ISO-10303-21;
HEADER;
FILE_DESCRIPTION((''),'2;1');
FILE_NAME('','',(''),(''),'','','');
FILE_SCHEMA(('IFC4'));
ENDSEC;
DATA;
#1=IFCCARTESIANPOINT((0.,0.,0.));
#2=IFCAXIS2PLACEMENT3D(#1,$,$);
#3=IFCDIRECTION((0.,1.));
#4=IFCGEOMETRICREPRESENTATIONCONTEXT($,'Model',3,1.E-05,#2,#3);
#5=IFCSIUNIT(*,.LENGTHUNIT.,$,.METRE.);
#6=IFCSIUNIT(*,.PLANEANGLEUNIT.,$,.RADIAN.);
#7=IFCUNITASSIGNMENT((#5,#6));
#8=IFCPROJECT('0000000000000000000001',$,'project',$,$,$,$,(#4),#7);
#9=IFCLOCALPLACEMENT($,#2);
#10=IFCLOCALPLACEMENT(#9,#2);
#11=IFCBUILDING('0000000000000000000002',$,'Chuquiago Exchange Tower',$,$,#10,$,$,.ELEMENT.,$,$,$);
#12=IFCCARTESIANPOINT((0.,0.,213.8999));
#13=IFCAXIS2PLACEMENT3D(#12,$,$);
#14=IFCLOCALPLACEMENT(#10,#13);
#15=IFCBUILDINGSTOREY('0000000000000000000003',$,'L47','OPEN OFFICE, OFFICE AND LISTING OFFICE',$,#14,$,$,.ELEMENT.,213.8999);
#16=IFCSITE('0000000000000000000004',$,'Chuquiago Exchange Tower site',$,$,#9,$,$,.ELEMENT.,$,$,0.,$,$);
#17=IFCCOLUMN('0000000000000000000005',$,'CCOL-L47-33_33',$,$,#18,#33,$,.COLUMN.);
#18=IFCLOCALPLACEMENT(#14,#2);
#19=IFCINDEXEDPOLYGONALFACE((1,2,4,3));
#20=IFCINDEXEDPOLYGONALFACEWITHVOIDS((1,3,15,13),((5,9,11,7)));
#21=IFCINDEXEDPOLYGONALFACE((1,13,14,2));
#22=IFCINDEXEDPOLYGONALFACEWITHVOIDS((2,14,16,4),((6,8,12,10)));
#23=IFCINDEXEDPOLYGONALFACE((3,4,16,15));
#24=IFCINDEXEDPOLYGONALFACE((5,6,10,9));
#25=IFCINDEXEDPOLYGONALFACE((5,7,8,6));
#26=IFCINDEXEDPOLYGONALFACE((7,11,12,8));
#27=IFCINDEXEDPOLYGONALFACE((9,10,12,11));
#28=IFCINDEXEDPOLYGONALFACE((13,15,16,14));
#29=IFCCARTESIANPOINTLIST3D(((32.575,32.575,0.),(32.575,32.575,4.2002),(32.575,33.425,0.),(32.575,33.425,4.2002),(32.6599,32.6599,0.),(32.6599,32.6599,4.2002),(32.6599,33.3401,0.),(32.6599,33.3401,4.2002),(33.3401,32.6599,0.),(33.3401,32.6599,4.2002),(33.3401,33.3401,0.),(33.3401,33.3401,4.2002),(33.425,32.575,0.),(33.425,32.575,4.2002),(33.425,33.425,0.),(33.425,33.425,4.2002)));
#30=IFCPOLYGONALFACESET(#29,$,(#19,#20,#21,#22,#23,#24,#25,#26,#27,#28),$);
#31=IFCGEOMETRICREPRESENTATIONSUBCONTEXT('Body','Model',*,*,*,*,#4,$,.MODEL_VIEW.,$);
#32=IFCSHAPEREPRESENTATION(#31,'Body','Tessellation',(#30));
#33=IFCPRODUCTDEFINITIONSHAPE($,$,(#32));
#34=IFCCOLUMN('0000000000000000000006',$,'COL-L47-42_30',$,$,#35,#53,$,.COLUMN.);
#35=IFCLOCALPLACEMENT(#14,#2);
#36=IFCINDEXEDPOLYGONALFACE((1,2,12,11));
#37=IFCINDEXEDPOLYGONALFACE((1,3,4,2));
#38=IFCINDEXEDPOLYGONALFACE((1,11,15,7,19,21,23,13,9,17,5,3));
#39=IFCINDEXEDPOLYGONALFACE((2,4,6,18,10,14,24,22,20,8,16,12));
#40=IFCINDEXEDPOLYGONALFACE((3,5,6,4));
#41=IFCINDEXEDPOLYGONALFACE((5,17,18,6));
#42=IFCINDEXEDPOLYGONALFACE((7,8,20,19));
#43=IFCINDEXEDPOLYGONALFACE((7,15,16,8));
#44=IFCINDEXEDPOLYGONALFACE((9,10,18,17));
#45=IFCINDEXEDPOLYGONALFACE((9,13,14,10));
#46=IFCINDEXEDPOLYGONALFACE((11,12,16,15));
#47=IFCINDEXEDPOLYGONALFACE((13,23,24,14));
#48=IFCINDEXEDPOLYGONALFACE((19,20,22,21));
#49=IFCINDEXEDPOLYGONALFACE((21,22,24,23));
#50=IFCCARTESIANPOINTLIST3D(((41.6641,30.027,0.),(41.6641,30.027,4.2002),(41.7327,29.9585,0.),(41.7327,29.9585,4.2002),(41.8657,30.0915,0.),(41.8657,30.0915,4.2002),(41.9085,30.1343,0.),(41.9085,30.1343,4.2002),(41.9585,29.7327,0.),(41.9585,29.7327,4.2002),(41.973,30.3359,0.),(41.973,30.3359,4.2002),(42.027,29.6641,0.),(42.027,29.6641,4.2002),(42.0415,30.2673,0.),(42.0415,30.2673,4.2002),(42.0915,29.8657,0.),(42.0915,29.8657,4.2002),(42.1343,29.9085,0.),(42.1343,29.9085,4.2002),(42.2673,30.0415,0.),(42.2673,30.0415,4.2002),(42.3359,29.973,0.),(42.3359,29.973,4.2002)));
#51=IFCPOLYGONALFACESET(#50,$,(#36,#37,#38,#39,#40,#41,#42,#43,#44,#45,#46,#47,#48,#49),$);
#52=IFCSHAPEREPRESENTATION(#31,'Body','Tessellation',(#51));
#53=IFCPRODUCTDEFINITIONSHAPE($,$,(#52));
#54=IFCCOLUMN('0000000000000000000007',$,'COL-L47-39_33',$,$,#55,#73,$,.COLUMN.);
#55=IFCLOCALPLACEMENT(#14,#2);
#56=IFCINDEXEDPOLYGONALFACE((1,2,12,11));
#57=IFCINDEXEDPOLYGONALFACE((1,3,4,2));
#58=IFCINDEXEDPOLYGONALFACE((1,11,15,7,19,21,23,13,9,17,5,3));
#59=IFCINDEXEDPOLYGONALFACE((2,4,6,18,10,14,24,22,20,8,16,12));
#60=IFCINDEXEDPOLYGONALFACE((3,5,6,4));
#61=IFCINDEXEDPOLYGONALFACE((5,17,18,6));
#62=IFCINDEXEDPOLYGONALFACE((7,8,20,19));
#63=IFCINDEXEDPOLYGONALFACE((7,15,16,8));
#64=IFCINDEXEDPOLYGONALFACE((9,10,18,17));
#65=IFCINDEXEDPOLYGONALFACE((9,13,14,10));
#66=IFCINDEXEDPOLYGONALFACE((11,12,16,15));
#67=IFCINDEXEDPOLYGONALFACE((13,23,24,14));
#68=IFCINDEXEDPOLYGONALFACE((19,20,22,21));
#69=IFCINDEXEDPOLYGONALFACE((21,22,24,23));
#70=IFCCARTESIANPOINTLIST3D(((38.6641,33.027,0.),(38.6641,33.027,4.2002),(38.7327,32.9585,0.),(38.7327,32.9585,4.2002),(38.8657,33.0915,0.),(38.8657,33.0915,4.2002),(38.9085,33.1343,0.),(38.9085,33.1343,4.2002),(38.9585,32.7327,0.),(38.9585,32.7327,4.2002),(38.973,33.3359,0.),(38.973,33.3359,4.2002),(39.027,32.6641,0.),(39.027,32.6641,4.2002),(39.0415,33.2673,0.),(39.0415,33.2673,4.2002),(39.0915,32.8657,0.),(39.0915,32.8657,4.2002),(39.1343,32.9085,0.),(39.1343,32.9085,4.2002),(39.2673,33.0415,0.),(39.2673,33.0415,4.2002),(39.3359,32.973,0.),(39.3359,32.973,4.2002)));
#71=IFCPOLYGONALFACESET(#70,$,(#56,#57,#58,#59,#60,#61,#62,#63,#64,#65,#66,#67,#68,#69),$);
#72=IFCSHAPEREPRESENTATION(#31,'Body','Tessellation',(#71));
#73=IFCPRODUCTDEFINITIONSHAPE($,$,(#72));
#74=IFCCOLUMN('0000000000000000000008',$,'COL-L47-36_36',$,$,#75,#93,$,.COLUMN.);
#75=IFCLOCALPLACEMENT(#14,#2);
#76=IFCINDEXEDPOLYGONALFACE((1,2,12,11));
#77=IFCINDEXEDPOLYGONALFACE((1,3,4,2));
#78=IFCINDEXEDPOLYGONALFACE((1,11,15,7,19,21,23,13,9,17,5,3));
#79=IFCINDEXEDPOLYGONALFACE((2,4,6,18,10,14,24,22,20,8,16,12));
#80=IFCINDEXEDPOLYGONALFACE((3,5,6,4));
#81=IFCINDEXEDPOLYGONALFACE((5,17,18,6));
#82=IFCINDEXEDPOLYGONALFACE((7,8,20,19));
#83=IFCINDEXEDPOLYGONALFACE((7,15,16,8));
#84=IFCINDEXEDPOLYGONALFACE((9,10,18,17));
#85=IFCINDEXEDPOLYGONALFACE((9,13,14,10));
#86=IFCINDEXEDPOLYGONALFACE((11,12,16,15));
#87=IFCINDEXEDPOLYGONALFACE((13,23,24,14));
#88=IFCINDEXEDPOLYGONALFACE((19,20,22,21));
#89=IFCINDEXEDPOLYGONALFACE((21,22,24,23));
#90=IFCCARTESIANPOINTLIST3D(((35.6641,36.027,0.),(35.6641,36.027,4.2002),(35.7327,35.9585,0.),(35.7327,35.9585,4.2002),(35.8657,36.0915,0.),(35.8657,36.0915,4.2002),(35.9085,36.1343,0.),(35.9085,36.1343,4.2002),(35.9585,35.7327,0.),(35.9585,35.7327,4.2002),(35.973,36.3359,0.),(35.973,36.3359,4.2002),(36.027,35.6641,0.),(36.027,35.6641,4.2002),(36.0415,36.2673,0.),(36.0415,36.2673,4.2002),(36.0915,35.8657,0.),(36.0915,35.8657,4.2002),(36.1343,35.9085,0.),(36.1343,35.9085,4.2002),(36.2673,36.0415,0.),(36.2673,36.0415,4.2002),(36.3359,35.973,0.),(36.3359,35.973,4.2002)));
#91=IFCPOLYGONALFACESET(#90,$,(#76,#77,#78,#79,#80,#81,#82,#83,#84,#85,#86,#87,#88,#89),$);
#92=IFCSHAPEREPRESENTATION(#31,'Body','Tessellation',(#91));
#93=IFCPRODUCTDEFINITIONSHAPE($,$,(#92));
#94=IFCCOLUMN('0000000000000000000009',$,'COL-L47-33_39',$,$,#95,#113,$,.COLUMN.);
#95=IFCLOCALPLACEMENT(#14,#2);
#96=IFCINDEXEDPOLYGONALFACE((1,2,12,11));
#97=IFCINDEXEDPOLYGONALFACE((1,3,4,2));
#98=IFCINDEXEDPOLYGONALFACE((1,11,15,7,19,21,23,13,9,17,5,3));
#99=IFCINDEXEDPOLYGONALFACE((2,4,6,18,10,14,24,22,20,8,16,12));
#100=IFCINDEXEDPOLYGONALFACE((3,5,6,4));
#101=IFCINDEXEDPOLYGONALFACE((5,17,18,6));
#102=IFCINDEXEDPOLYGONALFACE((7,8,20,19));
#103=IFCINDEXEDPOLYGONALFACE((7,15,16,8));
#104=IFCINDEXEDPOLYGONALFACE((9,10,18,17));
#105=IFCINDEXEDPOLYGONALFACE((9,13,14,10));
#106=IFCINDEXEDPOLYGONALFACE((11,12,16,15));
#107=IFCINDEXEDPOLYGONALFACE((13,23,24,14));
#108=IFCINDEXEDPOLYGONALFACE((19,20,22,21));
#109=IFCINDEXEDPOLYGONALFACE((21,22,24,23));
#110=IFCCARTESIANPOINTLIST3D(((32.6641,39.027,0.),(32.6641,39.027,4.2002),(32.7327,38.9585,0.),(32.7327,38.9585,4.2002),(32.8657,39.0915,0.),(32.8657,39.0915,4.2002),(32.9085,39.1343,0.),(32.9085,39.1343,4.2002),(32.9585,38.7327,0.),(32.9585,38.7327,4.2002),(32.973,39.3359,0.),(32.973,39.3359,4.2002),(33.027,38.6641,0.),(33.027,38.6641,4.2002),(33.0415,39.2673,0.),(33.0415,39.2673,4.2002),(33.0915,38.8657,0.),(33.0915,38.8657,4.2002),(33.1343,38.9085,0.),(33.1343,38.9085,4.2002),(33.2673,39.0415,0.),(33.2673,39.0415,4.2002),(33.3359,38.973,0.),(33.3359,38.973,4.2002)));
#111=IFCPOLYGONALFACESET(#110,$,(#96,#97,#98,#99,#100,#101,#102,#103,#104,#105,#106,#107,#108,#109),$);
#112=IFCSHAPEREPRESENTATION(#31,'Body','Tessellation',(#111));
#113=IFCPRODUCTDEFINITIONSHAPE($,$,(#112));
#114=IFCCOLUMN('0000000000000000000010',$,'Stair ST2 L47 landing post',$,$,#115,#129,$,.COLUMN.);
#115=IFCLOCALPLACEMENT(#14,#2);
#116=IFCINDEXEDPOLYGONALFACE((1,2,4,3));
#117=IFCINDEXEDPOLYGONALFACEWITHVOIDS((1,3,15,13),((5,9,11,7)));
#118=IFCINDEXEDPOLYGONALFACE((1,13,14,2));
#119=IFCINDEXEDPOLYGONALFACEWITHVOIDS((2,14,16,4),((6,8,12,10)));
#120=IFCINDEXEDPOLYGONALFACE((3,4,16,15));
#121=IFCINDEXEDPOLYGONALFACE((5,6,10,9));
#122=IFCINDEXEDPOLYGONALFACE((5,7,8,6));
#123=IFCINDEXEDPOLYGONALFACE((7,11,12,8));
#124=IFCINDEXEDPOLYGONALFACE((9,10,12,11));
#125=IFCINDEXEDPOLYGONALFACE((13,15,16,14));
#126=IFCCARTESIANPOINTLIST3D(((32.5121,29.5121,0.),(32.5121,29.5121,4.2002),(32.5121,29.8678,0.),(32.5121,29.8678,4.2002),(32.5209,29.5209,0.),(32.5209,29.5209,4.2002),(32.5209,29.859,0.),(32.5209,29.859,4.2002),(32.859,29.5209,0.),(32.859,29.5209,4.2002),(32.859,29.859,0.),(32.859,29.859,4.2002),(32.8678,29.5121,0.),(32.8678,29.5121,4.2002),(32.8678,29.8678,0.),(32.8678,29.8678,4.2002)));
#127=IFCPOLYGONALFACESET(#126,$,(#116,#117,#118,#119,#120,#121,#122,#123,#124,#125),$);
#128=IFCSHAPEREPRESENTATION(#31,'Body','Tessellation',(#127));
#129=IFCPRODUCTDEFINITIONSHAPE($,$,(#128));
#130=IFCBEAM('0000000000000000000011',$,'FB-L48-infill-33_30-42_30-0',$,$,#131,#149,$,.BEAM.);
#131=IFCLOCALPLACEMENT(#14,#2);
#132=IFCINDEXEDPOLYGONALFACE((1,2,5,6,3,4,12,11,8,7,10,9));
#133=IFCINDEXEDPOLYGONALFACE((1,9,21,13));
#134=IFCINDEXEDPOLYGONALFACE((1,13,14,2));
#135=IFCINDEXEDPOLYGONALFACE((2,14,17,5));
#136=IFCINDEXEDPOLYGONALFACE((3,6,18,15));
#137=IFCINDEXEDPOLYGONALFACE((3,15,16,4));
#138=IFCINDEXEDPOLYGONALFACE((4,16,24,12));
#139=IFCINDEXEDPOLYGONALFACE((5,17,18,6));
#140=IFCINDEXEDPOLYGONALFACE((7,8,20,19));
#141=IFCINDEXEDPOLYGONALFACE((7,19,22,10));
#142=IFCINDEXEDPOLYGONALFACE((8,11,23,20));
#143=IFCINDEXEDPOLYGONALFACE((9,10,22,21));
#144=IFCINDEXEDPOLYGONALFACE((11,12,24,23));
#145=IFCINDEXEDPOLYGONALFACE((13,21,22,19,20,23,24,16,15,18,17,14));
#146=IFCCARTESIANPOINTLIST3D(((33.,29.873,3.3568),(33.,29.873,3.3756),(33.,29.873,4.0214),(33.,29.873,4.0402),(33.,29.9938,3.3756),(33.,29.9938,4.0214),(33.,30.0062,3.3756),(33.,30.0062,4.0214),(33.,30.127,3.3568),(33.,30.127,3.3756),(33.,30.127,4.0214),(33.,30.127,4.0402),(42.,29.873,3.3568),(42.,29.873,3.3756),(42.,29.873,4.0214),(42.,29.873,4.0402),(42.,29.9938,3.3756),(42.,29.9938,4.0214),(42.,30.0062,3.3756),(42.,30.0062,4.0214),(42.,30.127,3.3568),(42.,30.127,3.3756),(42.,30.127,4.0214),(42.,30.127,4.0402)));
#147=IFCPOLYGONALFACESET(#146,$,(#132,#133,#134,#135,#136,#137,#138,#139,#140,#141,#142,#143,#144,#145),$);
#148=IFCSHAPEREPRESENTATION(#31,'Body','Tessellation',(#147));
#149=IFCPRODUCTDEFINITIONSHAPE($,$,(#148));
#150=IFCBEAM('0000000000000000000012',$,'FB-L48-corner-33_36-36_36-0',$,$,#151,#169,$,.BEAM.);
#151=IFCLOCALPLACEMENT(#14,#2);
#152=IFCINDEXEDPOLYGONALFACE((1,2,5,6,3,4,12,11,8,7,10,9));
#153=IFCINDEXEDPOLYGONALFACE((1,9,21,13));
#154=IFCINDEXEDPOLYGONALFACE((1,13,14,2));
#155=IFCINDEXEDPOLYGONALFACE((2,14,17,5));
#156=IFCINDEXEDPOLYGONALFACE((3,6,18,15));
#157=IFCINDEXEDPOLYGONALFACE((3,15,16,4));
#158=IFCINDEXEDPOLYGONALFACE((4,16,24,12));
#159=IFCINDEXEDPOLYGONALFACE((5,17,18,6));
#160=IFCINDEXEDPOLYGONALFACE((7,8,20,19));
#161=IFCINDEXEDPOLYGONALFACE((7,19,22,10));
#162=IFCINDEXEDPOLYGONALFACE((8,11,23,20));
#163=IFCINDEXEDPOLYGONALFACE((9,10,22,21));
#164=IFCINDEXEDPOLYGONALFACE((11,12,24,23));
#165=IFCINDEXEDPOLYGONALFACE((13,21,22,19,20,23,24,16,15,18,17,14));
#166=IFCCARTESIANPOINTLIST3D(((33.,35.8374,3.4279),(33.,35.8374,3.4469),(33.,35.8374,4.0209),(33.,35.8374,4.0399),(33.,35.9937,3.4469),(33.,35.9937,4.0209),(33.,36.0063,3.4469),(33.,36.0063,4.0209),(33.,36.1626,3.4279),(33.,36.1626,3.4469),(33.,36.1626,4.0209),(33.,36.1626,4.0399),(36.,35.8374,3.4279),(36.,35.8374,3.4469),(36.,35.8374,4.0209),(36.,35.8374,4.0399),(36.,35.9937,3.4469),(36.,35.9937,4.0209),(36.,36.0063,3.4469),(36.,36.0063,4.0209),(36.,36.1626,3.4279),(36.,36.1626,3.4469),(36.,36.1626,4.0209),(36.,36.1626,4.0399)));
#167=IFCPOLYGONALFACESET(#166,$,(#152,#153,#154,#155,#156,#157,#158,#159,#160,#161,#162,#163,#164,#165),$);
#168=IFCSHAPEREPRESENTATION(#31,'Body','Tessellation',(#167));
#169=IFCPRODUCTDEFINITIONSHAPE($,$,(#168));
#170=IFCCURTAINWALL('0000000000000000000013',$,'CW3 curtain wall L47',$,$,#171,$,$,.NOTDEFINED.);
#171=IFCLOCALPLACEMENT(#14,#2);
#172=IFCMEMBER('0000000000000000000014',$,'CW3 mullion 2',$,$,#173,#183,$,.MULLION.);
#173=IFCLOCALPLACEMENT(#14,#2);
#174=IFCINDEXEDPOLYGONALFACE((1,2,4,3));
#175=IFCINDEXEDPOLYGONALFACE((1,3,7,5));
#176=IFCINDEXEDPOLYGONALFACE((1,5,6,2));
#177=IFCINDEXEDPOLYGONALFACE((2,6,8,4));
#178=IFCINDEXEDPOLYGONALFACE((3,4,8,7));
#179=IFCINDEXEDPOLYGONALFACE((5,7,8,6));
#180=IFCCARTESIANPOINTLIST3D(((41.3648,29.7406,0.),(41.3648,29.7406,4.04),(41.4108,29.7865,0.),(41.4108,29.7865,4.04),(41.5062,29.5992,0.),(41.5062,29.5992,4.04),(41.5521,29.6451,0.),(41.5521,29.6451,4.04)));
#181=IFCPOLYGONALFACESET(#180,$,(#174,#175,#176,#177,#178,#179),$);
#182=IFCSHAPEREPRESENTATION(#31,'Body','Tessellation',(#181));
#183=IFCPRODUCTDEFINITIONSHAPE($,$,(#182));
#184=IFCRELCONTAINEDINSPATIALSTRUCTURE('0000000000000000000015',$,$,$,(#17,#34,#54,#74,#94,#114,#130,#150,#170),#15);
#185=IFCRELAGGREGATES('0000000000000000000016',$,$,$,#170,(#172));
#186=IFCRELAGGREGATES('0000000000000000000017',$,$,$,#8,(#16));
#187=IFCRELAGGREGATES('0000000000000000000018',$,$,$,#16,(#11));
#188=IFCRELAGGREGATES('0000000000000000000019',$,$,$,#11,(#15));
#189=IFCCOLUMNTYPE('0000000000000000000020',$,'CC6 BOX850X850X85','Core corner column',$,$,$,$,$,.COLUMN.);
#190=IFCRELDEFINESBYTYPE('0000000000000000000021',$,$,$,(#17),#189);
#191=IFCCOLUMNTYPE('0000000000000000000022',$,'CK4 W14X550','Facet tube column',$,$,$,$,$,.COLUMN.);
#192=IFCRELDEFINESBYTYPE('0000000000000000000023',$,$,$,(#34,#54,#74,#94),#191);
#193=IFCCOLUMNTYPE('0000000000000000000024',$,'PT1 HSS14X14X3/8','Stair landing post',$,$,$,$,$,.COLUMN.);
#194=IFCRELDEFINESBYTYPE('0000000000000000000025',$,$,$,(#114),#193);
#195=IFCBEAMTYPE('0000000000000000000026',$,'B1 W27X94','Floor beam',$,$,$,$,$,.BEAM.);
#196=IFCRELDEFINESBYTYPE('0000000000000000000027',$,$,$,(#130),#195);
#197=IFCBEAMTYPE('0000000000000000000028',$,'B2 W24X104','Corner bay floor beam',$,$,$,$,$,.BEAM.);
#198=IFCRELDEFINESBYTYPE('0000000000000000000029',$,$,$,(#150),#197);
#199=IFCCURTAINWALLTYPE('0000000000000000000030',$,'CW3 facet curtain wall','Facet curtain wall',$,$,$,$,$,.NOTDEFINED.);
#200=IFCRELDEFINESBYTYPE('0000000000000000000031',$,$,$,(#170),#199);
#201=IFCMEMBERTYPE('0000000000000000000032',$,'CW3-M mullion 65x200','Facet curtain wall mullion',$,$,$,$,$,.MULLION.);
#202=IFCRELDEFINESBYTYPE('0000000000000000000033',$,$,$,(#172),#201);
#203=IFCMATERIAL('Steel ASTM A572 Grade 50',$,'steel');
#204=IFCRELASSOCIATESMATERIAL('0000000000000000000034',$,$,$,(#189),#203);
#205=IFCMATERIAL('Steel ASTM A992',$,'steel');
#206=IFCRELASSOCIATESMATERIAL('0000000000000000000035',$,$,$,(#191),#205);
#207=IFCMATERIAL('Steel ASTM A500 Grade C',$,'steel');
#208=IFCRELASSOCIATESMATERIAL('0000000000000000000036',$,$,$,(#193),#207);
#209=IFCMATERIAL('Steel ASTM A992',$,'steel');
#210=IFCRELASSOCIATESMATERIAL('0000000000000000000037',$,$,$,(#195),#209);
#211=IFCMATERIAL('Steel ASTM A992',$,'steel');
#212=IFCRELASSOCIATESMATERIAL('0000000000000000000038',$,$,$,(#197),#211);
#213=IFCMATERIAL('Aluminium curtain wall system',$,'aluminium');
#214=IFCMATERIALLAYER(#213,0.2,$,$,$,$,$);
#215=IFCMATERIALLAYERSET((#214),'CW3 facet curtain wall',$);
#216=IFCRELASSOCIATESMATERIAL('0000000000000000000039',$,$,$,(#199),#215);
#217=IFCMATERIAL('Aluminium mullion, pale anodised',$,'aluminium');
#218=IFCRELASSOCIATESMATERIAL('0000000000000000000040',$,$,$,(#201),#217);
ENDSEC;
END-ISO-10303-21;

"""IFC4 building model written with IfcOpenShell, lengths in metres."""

from ifc_helpers import new_model, si_unit, direction, frame, origin, origin_2d, place, context, subcontext, project, spatial, rectangle, hollow_rectangle, i_section, extrude, material, layer, layer_set, material_profile, profile_set, type_object, element, aggregate, save


model = new_model("IFC4")

# Units and contexts
model_context = context("Model", 3, precision=1e-05, world=origin(), true_north=direction((0.0, 1.0)))
body_context = subcontext(model_context, "Body", "Model", "MODEL_VIEW")
ifc_project = project(units=[si_unit("LENGTHUNIT", "METRE"), si_unit("PLANEANGLEUNIT", "RADIAN")], contexts=[model_context])

# Site, building, storey
site_placement = place(None, origin())
site = spatial("IfcSite", under=ifc_project, at=site_placement, Name="Chuquiago Exchange Tower site", CompositionType="ELEMENT", RefElevation=0.0)
building_placement = place(site_placement, origin())
building = spatial("IfcBuilding", under=site, at=building_placement, Name="Chuquiago Exchange Tower", CompositionType="ELEMENT")
storey_placement = place(building_placement, frame((0.0, 0.0, 213.8999)))
storey = spatial("IfcBuildingStorey", under=building, at=storey_placement, Name="L47", Description="OPEN OFFICE, OFFICE AND LISTING OFFICE", CompositionType="ELEMENT", Elevation=213.8999)

# Columns
ifc_material_1 = material(Name="Steel ASTM A572 Grade 50", Category="steel")
ifc_material_profile_1 = material_profile(ifc_material_1, hollow_rectangle(XDim=0.8501, YDim=0.8501, WallThickness=0.085, at=origin_2d()), Name="BOX850X850X85")
ifc_profile_set_1 = profile_set([ifc_material_profile_1], Name="Steel ASTM A572 Grade 50")
column_type_1 = type_object("IfcColumnType", Name="CC6 BOX850X850X85", Description="Core corner column", PredefinedType="COLUMN", material=ifc_profile_set_1)
column_1_placement = place(storey_placement, frame((33.0, 33.0, 0.0), z_axis=(0.0, 0.0, 1.0), x_axis=(1.0, 0.0, 0.0)))
element("IfcColumn", 1, at=column_1_placement, inside=storey, type_object=column_type_1, Name="CCOL-L47-33_33", PredefinedType="COLUMN", context=body_context, shape_type="SweptSolid", body=[
    extrude(hollow_rectangle(XDim=0.8501, YDim=0.8501, WallThickness=0.085, at=origin_2d()), origin(), (0.0, 0.0, 1.0), 4.2002),
])
ifc_material_2 = material(Name="Steel ASTM A992", Category="steel")
ifc_material_profile_2 = material_profile(ifc_material_2, i_section(OverallWidth=0.4368, OverallDepth=0.5132, WebThickness=0.0605, FlangeThickness=0.0969, at=origin_2d()), Name="W14X550")
ifc_profile_set_2 = profile_set([ifc_material_profile_2], Name="Steel ASTM A992")
column_type_2 = type_object("IfcColumnType", Name="CK4 W14X550", Description="Facet tube column", PredefinedType="COLUMN", material=ifc_profile_set_2)
for number, where, z_axis, x_axis, name in (
    (2, (42.0, 30.0, 0.0), (0.0, 0.0, 1.0), (0.707107, 0.707107, 0.0), "COL-L47-42_30"),
    (3, (39.0, 33.0, 0.0), (0.0, 0.0, 1.0), (0.707107, 0.707107, 0.0), "COL-L47-39_33"),
    (4, (36.0, 36.0, 0.0), (0.0, 0.0, 1.0), (0.707107, 0.707107, 0.0), "COL-L47-36_36"),
    (5, (33.0, 39.0, 0.0), (0.0, 0.0, 1.0), (0.707107, 0.707107, 0.0), "COL-L47-33_39"),
):
    element("IfcColumn", number, at=place(storey_placement, frame(where, z_axis=z_axis, x_axis=x_axis)), inside=storey, type_object=column_type_2, Name=name, PredefinedType="COLUMN", context=body_context, shape_type="SweptSolid", body=[
        extrude(i_section(OverallWidth=0.4368, OverallDepth=0.5132, WebThickness=0.0605, FlangeThickness=0.0969, at=origin_2d()), origin(), (0.0, 0.0, 1.0), 4.2002),
    ])
ifc_material_3 = material(Name="Steel ASTM A500 Grade C", Category="steel")
ifc_material_profile_3 = material_profile(ifc_material_3, hollow_rectangle(XDim=0.3557, YDim=0.3557, WallThickness=0.0088, at=origin_2d()), Name="HSS14X14X3/8")
ifc_profile_set_3 = profile_set([ifc_material_profile_3], Name="Steel ASTM A500 Grade C")
column_type_3 = type_object("IfcColumnType", Name="PT1 HSS14X14X3/8", Description="Stair landing post", PredefinedType="COLUMN", material=ifc_profile_set_3)
column_2_placement = place(storey_placement, frame((32.6899, 29.6899, 0.0), z_axis=(0.0, 0.0, 1.0), x_axis=(1.0, 0.0, 0.0)))
element("IfcColumn", 6, at=column_2_placement, inside=storey, type_object=column_type_3, Name="Stair ST2 L47 landing post", PredefinedType="COLUMN", context=body_context, shape_type="SweptSolid", body=[
    extrude(hollow_rectangle(XDim=0.3557, YDim=0.3557, WallThickness=0.0088, at=origin_2d()), origin(), (0.0, 0.0, 1.0), 4.2002),
])

# Beams
ifc_material_4 = material(Name="Steel ASTM A992", Category="steel")
ifc_material_profile_4 = material_profile(ifc_material_4, i_section(OverallWidth=0.2539, OverallDepth=0.6833, WebThickness=0.0125, FlangeThickness=0.0188, at=origin_2d()), Name="W27X94")
ifc_profile_set_4 = profile_set([ifc_material_profile_4], Name="Steel ASTM A992")
beam_type_1 = type_object("IfcBeamType", Name="B1 W27X94", Description="Floor beam", PredefinedType="BEAM", material=ifc_profile_set_4)
beam_1_placement = place(storey_placement, frame((33.0, 30.0, 3.6985), z_axis=(1.0, 0.0, 0.0), x_axis=(0.0, 1.0, 0.0)))
element("IfcBeam", 7, at=beam_1_placement, inside=storey, type_object=beam_type_1, Name="FB-L48-infill-33_30-42_30-0", PredefinedType="BEAM", context=body_context, shape_type="SweptSolid", body=[
    extrude(i_section(OverallWidth=0.2539, OverallDepth=0.6833, WebThickness=0.0125, FlangeThickness=0.0188, at=origin_2d()), origin(), (0.0, 0.0, 1.0), 9.0),
])
ifc_material_5 = material(Name="Steel ASTM A992", Category="steel")
ifc_material_profile_5 = material_profile(ifc_material_5, i_section(OverallWidth=0.3252, OverallDepth=0.6121, WebThickness=0.0127, FlangeThickness=0.019, at=origin_2d()), Name="W24X104")
ifc_profile_set_5 = profile_set([ifc_material_profile_5], Name="Steel ASTM A992")
beam_type_2 = type_object("IfcBeamType", Name="B2 W24X104", Description="Corner bay floor beam", PredefinedType="BEAM", material=ifc_profile_set_5)
beam_2_placement = place(storey_placement, frame((33.0, 36.0, 3.7339), z_axis=(1.0, 0.0, 0.0), x_axis=(0.0, 1.0, 0.0)))
element("IfcBeam", 8, at=beam_2_placement, inside=storey, type_object=beam_type_2, Name="FB-L48-corner-33_36-36_36-0", PredefinedType="BEAM", context=body_context, shape_type="SweptSolid", body=[
    extrude(i_section(OverallWidth=0.3252, OverallDepth=0.6121, WebThickness=0.0127, FlangeThickness=0.019, at=origin_2d()), origin(), (0.0, 0.0, 1.0), 3.0),
])

# Curtain wall, member
ifc_material_6 = material(Name="Aluminium curtain wall system", Category="aluminium")
ifc_layer_1 = layer(ifc_material_6, 0.2)
ifc_layer_set_1 = layer_set([ifc_layer_1], Name="CW3 facet curtain wall")
curtain_wall_type = type_object("IfcCurtainWallType", Name="CW3 facet curtain wall", Description="Facet curtain wall", PredefinedType="NOTDEFINED", material=ifc_layer_set_1)
curtain_wall_placement = place(storey_placement, origin())
curtain_wall = element("IfcCurtainWall", 9, at=curtain_wall_placement, inside=storey, type_object=curtain_wall_type, Name="CW3 curtain wall L47", PredefinedType="NOTDEFINED")
ifc_material_7 = material(Name="Aluminium mullion, pale anodised", Category="aluminium")
ifc_material_profile_6 = material_profile(ifc_material_7, rectangle(XDim=0.0649, YDim=0.2, at=origin_2d()), Name="AL 65x200")
ifc_profile_set_6 = profile_set([ifc_material_profile_6], Name="Aluminium mullion, pale anodised")
member_type_1 = type_object("IfcMemberType", Name="CW3-M mullion 65x200", Description="Facet curtain wall mullion", PredefinedType="MULLION", material=ifc_profile_set_6)
member_1_placement = place(storey_placement, frame((41.4585, 29.6929, 0.0), z_axis=(0.0, 0.0, 1.0), x_axis=(-0.707107, -0.707107, 0.0)))
member_1 = element("IfcMember", 10, at=member_1_placement, type_object=member_type_1, Name="CW3 mullion 2", PredefinedType="MULLION", context=body_context, shape_type="SweptSolid", body=[
    extrude(rectangle(XDim=0.0649, YDim=0.2, at=origin_2d()), origin(), (0.0, 0.0, 1.0), 4.04),
])

aggregate(curtain_wall, [member_1])

save(model, "model.ifc")
